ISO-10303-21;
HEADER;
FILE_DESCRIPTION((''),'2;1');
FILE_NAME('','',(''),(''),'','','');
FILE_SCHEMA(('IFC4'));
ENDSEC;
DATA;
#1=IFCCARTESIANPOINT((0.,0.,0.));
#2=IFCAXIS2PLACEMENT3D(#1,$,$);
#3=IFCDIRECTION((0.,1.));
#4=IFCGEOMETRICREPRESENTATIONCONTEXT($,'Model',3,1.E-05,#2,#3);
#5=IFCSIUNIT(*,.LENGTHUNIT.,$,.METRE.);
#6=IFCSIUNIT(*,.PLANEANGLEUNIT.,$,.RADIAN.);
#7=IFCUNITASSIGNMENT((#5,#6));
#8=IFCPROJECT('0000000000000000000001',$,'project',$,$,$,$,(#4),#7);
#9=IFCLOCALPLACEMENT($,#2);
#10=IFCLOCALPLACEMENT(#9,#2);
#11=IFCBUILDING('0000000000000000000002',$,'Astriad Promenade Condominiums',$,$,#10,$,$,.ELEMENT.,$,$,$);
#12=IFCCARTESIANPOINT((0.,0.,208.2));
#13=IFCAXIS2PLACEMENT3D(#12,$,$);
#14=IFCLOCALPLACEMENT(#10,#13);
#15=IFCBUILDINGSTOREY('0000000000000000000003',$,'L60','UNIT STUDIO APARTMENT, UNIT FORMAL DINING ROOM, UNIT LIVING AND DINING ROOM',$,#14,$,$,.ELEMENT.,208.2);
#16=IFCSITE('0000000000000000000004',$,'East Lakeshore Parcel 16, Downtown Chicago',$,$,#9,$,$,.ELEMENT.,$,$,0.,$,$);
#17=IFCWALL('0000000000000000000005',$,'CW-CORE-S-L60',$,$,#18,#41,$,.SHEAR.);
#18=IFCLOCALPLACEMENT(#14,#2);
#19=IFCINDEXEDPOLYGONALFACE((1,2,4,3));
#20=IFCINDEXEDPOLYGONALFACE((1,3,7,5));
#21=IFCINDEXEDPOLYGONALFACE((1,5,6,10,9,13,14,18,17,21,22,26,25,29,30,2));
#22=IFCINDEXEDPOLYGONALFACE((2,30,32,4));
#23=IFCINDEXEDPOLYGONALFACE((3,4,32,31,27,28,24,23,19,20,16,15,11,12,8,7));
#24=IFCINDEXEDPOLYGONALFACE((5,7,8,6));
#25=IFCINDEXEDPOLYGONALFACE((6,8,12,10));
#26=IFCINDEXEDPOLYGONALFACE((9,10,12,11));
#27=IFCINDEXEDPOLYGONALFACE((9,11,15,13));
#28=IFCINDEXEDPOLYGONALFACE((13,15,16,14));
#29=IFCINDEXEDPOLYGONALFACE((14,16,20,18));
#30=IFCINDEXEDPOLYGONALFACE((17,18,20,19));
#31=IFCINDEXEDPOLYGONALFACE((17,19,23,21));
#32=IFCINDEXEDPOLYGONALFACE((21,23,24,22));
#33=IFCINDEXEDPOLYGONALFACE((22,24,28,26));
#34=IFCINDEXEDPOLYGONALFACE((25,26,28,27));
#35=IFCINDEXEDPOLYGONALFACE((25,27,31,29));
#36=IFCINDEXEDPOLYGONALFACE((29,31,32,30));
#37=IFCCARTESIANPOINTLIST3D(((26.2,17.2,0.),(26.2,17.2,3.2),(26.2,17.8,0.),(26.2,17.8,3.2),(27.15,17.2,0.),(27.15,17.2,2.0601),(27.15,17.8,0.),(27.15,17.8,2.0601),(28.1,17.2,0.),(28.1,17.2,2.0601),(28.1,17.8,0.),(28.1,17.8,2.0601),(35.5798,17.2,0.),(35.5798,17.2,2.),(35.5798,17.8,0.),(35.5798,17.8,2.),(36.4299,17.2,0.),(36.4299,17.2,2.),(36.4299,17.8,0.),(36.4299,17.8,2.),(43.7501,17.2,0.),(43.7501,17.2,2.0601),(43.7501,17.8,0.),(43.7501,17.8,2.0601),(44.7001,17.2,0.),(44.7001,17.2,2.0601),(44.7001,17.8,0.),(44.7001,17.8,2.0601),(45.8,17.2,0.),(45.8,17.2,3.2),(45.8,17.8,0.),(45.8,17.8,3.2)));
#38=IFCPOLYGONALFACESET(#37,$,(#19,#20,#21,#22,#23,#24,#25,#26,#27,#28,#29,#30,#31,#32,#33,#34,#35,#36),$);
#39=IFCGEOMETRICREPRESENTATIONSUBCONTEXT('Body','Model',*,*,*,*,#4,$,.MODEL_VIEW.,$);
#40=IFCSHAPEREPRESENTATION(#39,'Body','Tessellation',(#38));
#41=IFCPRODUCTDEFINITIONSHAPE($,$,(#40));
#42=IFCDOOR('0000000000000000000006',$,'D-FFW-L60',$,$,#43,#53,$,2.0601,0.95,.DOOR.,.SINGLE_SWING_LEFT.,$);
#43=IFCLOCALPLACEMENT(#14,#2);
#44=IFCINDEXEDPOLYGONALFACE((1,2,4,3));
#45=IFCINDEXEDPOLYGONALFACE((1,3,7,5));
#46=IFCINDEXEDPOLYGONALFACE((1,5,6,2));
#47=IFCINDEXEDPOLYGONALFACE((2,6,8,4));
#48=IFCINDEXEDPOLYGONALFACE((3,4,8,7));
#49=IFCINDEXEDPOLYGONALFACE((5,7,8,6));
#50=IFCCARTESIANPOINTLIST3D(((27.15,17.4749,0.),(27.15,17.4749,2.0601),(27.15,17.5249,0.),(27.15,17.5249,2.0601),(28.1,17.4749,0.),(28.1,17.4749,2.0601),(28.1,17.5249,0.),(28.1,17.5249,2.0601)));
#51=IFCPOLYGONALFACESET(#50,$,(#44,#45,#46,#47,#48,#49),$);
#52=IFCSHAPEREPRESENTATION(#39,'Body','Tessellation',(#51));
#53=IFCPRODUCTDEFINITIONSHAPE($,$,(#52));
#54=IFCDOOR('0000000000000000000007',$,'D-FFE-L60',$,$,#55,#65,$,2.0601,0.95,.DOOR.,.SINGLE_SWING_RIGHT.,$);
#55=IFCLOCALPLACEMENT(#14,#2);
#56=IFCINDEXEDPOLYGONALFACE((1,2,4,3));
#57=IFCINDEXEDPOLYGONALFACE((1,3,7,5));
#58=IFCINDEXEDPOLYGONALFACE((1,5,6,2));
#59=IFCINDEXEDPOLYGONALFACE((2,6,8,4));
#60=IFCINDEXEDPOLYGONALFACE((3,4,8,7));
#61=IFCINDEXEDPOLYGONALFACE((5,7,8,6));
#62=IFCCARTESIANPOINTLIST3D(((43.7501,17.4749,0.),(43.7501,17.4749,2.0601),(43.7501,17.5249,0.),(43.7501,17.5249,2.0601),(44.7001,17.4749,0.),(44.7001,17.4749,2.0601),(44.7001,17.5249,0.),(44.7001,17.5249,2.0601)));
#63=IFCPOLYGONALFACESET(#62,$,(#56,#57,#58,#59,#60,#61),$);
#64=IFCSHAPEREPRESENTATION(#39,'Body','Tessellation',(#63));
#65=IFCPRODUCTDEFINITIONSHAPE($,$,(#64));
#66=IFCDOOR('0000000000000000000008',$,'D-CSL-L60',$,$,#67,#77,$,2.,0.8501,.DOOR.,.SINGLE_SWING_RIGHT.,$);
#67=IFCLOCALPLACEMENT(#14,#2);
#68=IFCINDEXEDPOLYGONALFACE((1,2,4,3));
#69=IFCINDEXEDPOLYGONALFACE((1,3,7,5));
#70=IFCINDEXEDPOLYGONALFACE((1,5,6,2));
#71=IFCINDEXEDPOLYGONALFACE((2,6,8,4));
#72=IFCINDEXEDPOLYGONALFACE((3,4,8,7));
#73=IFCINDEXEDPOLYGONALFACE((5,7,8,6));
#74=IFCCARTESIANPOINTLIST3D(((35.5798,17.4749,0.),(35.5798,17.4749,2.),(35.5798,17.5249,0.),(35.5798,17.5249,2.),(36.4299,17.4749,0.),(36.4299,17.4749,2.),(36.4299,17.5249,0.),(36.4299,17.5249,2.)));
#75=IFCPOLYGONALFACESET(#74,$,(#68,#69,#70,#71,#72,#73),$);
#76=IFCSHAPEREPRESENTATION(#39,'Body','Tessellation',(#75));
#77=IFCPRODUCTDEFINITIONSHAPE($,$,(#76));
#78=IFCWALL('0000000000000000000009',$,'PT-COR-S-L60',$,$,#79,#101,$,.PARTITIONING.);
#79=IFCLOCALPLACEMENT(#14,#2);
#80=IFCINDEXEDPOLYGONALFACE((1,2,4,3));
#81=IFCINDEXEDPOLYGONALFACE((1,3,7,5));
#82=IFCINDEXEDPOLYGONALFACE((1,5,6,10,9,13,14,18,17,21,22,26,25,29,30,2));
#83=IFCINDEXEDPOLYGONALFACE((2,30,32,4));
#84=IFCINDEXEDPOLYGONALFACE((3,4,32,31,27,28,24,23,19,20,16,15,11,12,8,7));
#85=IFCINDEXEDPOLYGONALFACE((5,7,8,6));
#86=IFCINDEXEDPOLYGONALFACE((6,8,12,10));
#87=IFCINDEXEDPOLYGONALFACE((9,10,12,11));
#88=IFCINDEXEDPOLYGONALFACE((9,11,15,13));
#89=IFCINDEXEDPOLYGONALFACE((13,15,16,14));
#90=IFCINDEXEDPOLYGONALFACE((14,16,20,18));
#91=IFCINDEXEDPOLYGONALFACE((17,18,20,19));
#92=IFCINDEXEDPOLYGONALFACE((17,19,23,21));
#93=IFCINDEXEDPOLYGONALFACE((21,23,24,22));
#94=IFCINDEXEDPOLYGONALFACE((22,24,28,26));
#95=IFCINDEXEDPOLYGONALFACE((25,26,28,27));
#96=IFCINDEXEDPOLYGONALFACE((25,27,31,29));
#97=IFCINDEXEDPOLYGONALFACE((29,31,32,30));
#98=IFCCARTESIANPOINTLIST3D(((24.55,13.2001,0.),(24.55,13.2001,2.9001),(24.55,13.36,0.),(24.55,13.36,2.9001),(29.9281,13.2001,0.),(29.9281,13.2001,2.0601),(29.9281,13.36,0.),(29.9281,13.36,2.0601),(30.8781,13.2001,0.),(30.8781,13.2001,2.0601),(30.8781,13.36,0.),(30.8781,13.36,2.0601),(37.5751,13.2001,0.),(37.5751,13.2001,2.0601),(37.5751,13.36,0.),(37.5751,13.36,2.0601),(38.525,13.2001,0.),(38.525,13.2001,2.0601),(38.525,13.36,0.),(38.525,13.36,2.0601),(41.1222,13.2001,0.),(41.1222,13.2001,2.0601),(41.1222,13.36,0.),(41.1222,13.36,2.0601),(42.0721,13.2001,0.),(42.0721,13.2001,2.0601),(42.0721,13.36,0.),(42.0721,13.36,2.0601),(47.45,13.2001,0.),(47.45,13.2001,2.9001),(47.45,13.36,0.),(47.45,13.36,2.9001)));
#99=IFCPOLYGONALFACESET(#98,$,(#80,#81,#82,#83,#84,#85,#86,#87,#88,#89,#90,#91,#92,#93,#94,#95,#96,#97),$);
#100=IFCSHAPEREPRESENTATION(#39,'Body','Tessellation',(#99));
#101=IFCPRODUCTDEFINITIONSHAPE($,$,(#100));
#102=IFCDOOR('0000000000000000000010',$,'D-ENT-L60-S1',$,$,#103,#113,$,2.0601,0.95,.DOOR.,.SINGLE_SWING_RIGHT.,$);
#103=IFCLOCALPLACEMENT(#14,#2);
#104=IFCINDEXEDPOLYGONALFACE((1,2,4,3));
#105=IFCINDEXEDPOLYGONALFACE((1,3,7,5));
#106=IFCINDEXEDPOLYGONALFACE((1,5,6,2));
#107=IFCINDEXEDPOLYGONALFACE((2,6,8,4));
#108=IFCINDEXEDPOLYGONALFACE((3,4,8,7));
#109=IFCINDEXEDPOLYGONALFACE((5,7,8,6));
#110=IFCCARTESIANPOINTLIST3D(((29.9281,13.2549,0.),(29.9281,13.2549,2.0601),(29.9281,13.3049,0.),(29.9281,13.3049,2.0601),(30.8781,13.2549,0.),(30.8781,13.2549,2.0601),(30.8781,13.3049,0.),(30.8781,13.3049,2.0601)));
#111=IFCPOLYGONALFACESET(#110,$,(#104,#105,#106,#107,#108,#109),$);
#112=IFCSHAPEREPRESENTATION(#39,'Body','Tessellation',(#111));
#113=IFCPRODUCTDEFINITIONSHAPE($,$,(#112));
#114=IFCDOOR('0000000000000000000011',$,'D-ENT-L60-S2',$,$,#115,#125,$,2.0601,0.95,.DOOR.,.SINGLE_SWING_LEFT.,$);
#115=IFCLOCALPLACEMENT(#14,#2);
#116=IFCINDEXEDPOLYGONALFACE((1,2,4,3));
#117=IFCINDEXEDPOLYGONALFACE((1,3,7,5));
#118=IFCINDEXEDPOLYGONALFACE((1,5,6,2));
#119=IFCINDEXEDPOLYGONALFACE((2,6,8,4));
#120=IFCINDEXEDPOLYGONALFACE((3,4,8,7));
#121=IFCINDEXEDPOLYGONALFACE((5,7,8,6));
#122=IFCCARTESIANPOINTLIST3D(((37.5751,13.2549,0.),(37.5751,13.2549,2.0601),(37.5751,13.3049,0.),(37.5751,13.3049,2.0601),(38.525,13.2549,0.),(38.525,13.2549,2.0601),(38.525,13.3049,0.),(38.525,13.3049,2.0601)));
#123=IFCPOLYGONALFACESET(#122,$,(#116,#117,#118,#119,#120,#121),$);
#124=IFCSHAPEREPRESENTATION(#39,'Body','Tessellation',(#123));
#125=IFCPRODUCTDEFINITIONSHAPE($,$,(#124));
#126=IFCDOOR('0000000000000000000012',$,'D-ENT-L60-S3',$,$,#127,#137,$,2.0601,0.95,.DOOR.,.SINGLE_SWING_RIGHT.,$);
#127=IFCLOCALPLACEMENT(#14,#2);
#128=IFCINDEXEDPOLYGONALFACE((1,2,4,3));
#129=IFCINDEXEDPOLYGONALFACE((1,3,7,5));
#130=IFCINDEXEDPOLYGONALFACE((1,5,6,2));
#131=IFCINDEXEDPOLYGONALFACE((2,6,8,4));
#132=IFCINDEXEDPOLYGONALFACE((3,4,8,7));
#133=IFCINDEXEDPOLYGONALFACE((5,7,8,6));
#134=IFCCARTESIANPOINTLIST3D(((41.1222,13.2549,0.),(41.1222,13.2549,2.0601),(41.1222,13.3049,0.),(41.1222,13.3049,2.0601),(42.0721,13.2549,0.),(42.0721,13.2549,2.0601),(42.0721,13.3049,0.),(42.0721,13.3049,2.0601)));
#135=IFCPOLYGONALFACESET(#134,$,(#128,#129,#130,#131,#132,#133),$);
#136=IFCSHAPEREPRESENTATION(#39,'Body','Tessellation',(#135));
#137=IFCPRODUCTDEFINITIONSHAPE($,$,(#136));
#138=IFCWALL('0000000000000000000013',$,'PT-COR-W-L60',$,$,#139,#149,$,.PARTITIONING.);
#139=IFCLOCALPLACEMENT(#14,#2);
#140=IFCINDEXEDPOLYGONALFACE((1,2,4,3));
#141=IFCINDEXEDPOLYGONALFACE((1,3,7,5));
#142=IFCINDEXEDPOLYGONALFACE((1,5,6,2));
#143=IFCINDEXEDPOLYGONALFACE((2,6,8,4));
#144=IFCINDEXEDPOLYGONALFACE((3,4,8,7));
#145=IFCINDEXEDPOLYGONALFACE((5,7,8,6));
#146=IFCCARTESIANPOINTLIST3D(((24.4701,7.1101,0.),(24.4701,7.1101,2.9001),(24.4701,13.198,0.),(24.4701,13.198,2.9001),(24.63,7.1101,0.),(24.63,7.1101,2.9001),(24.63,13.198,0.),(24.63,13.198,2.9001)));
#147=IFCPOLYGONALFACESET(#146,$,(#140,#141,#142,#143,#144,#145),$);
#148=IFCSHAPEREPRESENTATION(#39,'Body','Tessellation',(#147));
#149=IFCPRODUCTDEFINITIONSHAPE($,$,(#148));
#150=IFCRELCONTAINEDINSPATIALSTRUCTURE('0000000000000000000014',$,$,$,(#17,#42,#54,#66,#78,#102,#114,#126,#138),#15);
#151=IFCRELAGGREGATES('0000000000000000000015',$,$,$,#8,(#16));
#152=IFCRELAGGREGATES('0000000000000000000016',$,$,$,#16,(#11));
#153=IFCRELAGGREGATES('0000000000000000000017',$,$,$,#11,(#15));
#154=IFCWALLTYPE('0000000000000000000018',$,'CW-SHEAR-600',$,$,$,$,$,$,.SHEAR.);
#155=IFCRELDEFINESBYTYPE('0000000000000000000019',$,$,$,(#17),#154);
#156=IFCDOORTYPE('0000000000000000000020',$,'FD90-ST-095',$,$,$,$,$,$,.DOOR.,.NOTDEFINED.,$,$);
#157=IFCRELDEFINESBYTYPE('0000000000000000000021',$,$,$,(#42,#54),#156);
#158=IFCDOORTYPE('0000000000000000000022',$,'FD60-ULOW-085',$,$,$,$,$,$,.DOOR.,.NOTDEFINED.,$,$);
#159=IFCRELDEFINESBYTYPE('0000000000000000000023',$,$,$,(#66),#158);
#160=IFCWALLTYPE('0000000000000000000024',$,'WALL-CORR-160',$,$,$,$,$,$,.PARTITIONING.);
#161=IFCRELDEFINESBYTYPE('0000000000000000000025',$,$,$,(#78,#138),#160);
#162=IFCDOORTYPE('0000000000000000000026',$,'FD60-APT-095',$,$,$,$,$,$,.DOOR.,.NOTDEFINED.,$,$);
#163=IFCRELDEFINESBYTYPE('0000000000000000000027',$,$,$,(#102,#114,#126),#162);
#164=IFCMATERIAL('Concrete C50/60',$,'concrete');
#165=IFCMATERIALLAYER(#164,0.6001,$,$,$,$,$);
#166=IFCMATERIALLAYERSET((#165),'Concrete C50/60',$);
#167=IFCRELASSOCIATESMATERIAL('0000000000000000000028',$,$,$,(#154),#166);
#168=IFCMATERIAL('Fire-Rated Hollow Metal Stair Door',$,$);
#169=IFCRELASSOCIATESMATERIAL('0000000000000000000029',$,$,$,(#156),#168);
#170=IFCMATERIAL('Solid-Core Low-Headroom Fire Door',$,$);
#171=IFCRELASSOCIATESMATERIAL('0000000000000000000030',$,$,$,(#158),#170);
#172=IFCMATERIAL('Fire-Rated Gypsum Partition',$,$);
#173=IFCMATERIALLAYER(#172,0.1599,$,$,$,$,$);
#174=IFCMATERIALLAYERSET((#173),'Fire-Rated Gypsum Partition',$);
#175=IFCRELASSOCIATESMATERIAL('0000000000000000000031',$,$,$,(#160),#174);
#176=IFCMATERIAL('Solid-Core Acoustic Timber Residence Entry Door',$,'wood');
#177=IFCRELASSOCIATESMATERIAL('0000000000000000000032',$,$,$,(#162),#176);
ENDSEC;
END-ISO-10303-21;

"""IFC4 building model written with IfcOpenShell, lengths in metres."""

from ifc_helpers import new_model, si_unit, direction, frame, frame_2d, origin, place, context, subcontext, project, spatial, rectangle, extrude, source, transform, mapped, material, layer, layer_set, type_object, type_shapes, element, fill, save


model = new_model("IFC4")

# Units and contexts
model_context = context("Model", 3, precision=1e-05, world=origin(), true_north=direction((0.0, 1.0)))
body_context = subcontext(model_context, "Body", "Model", "MODEL_VIEW")
ifc_project = project(units=[si_unit("LENGTHUNIT", "METRE"), si_unit("PLANEANGLEUNIT", "RADIAN")], contexts=[model_context])

# Site, building, storey
site_placement = place(None, origin())
site = spatial("IfcSite", under=ifc_project, at=site_placement, Name="East Lakeshore Parcel 16, Downtown Chicago", CompositionType="ELEMENT", RefElevation=0.0)
building_placement = place(site_placement, origin())
building = spatial("IfcBuilding", under=site, at=building_placement, Name="Astriad Promenade Condominiums", CompositionType="ELEMENT")
storey_placement = place(building_placement, frame((0.0, 0.0, 208.2)))
storey = spatial("IfcBuildingStorey", under=building, at=storey_placement, Name="L60", Description="UNIT STUDIO APARTMENT, UNIT FORMAL DINING ROOM, UNIT LIVING AND DINING ROOM", CompositionType="ELEMENT", Elevation=208.2)

# Walls, openings, doors
ifc_material_1 = material(Name="Concrete C50/60", Category="concrete")
ifc_layer_1 = layer(ifc_material_1, 0.6001)
ifc_layer_set_1 = layer_set([ifc_layer_1], Name="Concrete C50/60")
wall_type_1 = type_object("IfcWallType", Name="CW-SHEAR-600", PredefinedType="SHEAR", material=ifc_layer_set_1)
wall_1_placement = place(storey_placement, frame((26.2, 17.5, 0.0), z_axis=(0.0, 0.0, 1.0), x_axis=(1.0, 0.0, 0.0)))
wall_1 = element("IfcWall", 1, at=wall_1_placement, inside=storey, type_object=wall_type_1, Name="CW-CORE-S-L60", PredefinedType="SHEAR", context=body_context, shape_type="SweptSolid", body=[
    extrude(rectangle(XDim=19.6001, YDim=0.6001, at=frame_2d((9.8, 0.0))), origin(), (0.0, 0.0, 1.0), 3.2),
])
opening_1_placement = place(wall_1_placement, frame((0.95, 0.0, 0.0)))
opening_1 = element("IfcOpeningElement", 2, at=opening_1_placement, cuts=wall_1, PredefinedType="OPENING", context=body_context, shape_type="SweptSolid", body=[
    extrude(rectangle(XDim=0.95, YDim=2.0601, at=frame_2d((0.4751, 1.03))), frame((0.0, 0.3101, 0.0), z_axis=(0.0, -1.0, 0.0), x_axis=(1.0, 0.0, 0.0)), (0.0, 0.0, 1.0), 0.6201),
])
opening_2_placement = place(wall_1_placement, frame((9.3799, 0.0, 0.0)))
opening_2 = element("IfcOpeningElement", 3, at=opening_2_placement, cuts=wall_1, PredefinedType="OPENING", context=body_context, shape_type="SweptSolid", body=[
    extrude(rectangle(XDim=0.8501, YDim=2.0, at=frame_2d((0.425, 1.0))), frame((0.0, 0.3101, 0.0), z_axis=(0.0, -1.0, 0.0), x_axis=(1.0, 0.0, 0.0)), (0.0, 0.0, 1.0), 0.6201),
])
opening_3_placement = place(wall_1_placement, frame((17.55, 0.0, 0.0)))
opening_3 = element("IfcOpeningElement", 4, at=opening_3_placement, cuts=wall_1, PredefinedType="OPENING", context=body_context, shape_type="SweptSolid", body=[
    extrude(rectangle(XDim=0.95, YDim=2.0601, at=frame_2d((0.4751, 1.03))), frame((0.0, 0.3101, 0.0), z_axis=(0.0, -1.0, 0.0), x_axis=(1.0, 0.0, 0.0)), (0.0, 0.0, 1.0), 0.6201),
])
ifc_material_2 = material(Name="Fire-Rated Hollow Metal Stair Door")
door_type_1 = type_object("IfcDoorType", Name="FD90-ST-095", OperationType="NOTDEFINED", PredefinedType="DOOR", material=ifc_material_2)
shared_shape_1 = source(origin(), body_context, "Body", "SweptSolid", [
    extrude(rectangle(XDim=0.95, YDim=2.0601, at=frame_2d((0.4751, 1.03))), frame((0.0, 0.0249, 0.0), z_axis=(0.0, -1.0, 0.0), x_axis=(1.0, 0.0, 0.0)), (0.0, 0.0, 1.0), 0.05),
])
type_shapes(door_type_1, [shared_shape_1])
door_1_placement = place(opening_1_placement, origin())
door_1 = element("IfcDoor", 5, at=door_1_placement, inside=storey, type_object=door_type_1, Name="D-FFW-L60", OperationType="SINGLE_SWING_LEFT", OverallHeight=2.0601, OverallWidth=0.95, PredefinedType="DOOR", context=body_context, shape_type="MappedRepresentation", body=[
    mapped(shared_shape_1, transform((0.0, 0.0, 0.0), scale=1.0)),
])
fill(opening_1, door_1)
door_2_placement = place(opening_3_placement, origin())
door_2 = element("IfcDoor", 6, at=door_2_placement, inside=storey, type_object=door_type_1, Name="D-FFE-L60", OperationType="SINGLE_SWING_RIGHT", OverallHeight=2.0601, OverallWidth=0.95, PredefinedType="DOOR", context=body_context, shape_type="MappedRepresentation", body=[
    mapped(shared_shape_1, transform((0.0, 0.0, 0.0), scale=1.0)),
])
fill(opening_3, door_2)
ifc_material_3 = material(Name="Solid-Core Low-Headroom Fire Door")
door_type_2 = type_object("IfcDoorType", Name="FD60-ULOW-085", OperationType="NOTDEFINED", PredefinedType="DOOR", material=ifc_material_3)
shared_shape_2 = source(origin(), body_context, "Body", "SweptSolid", [
    extrude(rectangle(XDim=0.8501, YDim=2.0, at=frame_2d((0.425, 1.0))), frame((0.0, 0.0249, 0.0), z_axis=(0.0, -1.0, 0.0), x_axis=(1.0, 0.0, 0.0)), (0.0, 0.0, 1.0), 0.05),
])
type_shapes(door_type_2, [shared_shape_2])
door_3_placement = place(opening_2_placement, origin())
door_3 = element("IfcDoor", 7, at=door_3_placement, inside=storey, type_object=door_type_2, Name="D-CSL-L60", OperationType="SINGLE_SWING_RIGHT", OverallHeight=2.0, OverallWidth=0.8501, PredefinedType="DOOR", context=body_context, shape_type="MappedRepresentation", body=[
    mapped(shared_shape_2, transform((0.0, 0.0, 0.0), scale=1.0)),
])
fill(opening_2, door_3)
ifc_material_4 = material(Name="Fire-Rated Gypsum Partition")
ifc_layer_2 = layer(ifc_material_4, 0.1599)
ifc_layer_set_2 = layer_set([ifc_layer_2], Name="Fire-Rated Gypsum Partition")
wall_type_2 = type_object("IfcWallType", Name="WALL-CORR-160", PredefinedType="PARTITIONING", material=ifc_layer_set_2)
wall_2_placement = place(storey_placement, frame((24.55, 13.28, 0.0), z_axis=(0.0, 0.0, 1.0), x_axis=(1.0, 0.0, 0.0)))
wall_2 = element("IfcWall", 8, at=wall_2_placement, inside=storey, type_object=wall_type_2, Name="PT-COR-S-L60", PredefinedType="PARTITIONING", context=body_context, shape_type="SweptSolid", body=[
    extrude(rectangle(XDim=22.8999, YDim=0.1599, at=frame_2d((11.45, 0.0))), origin(), (0.0, 0.0, 1.0), 2.9001),
])
opening_4_placement = place(wall_2_placement, frame((5.3779, 0.0, 0.0)))
opening_4 = element("IfcOpeningElement", 9, at=opening_4_placement, cuts=wall_2, PredefinedType="OPENING", context=body_context, shape_type="SweptSolid", body=[
    extrude(rectangle(XDim=0.95, YDim=2.0601, at=frame_2d((0.4751, 1.03))), frame((0.0, 0.0898, 0.0), z_axis=(0.0, -1.0, 0.0), x_axis=(1.0, 0.0, 0.0)), (0.0, 0.0, 1.0), 0.1799),
])
opening_5_placement = place(wall_2_placement, frame((13.0249, 0.0, 0.0)))
opening_5 = element("IfcOpeningElement", 10, at=opening_5_placement, cuts=wall_2, PredefinedType="OPENING", context=body_context, shape_type="SweptSolid", body=[
    extrude(rectangle(XDim=0.95, YDim=2.0601, at=frame_2d((0.4751, 1.03))), frame((0.0, 0.0898, 0.0), z_axis=(0.0, -1.0, 0.0), x_axis=(1.0, 0.0, 0.0)), (0.0, 0.0, 1.0), 0.1799),
])
opening_6_placement = place(wall_2_placement, frame((16.572, 0.0, 0.0)))
opening_6 = element("IfcOpeningElement", 11, at=opening_6_placement, cuts=wall_2, PredefinedType="OPENING", context=body_context, shape_type="SweptSolid", body=[
    extrude(rectangle(XDim=0.95, YDim=2.0601, at=frame_2d((0.4751, 1.03))), frame((0.0, 0.0898, 0.0), z_axis=(0.0, -1.0, 0.0), x_axis=(1.0, 0.0, 0.0)), (0.0, 0.0, 1.0), 0.1799),
])
ifc_material_5 = material(Name="Solid-Core Acoustic Timber Residence Entry Door", Category="wood")
door_type_3 = type_object("IfcDoorType", Name="FD60-APT-095", OperationType="NOTDEFINED", PredefinedType="DOOR", material=ifc_material_5)
shared_shape_3 = source(origin(), body_context, "Body", "SweptSolid", [
    extrude(rectangle(XDim=0.95, YDim=2.0601, at=frame_2d((0.4751, 1.03))), frame((0.0, 0.0249, 0.0), z_axis=(0.0, -1.0, 0.0), x_axis=(1.0, 0.0, 0.0)), (0.0, 0.0, 1.0), 0.05),
])
type_shapes(door_type_3, [shared_shape_3])
door_4_placement = place(opening_4_placement, origin())
door_4 = element("IfcDoor", 12, at=door_4_placement, inside=storey, type_object=door_type_3, Name="D-ENT-L60-S1", OperationType="SINGLE_SWING_RIGHT", OverallHeight=2.0601, OverallWidth=0.95, PredefinedType="DOOR", context=body_context, shape_type="MappedRepresentation", body=[
    mapped(shared_shape_3, transform((0.0, 0.0, 0.0), scale=1.0)),
])
fill(opening_4, door_4)
door_5_placement = place(opening_5_placement, origin())
door_5 = element("IfcDoor", 13, at=door_5_placement, inside=storey, type_object=door_type_3, Name="D-ENT-L60-S2", OperationType="SINGLE_SWING_LEFT", OverallHeight=2.0601, OverallWidth=0.95, PredefinedType="DOOR", context=body_context, shape_type="MappedRepresentation", body=[
    mapped(shared_shape_3, transform((0.0, 0.0, 0.0), scale=1.0)),
])
fill(opening_5, door_5)
door_6_placement = place(opening_6_placement, origin())
door_6 = element("IfcDoor", 14, at=door_6_placement, inside=storey, type_object=door_type_3, Name="D-ENT-L60-S3", OperationType="SINGLE_SWING_RIGHT", OverallHeight=2.0601, OverallWidth=0.95, PredefinedType="DOOR", context=body_context, shape_type="MappedRepresentation", body=[
    mapped(shared_shape_3, transform((0.0, 0.0, 0.0), scale=1.0)),
])
fill(opening_6, door_6)

# Wall
wall_3_placement = place(storey_placement, frame((24.55, 7.1101, 0.0), z_axis=(0.0, 0.0, 1.0), x_axis=(0.0, 1.0, 0.0)))
element("IfcWall", 15, at=wall_3_placement, inside=storey, type_object=wall_type_2, Name="PT-COR-W-L60", PredefinedType="PARTITIONING", context=body_context, shape_type="SweptSolid", body=[
    extrude(rectangle(XDim=6.0879, YDim=0.1599, at=frame_2d((3.0439, 0.0))), origin(), (0.0, 0.0, 1.0), 2.9001),
])

save(model, "model.ifc")
